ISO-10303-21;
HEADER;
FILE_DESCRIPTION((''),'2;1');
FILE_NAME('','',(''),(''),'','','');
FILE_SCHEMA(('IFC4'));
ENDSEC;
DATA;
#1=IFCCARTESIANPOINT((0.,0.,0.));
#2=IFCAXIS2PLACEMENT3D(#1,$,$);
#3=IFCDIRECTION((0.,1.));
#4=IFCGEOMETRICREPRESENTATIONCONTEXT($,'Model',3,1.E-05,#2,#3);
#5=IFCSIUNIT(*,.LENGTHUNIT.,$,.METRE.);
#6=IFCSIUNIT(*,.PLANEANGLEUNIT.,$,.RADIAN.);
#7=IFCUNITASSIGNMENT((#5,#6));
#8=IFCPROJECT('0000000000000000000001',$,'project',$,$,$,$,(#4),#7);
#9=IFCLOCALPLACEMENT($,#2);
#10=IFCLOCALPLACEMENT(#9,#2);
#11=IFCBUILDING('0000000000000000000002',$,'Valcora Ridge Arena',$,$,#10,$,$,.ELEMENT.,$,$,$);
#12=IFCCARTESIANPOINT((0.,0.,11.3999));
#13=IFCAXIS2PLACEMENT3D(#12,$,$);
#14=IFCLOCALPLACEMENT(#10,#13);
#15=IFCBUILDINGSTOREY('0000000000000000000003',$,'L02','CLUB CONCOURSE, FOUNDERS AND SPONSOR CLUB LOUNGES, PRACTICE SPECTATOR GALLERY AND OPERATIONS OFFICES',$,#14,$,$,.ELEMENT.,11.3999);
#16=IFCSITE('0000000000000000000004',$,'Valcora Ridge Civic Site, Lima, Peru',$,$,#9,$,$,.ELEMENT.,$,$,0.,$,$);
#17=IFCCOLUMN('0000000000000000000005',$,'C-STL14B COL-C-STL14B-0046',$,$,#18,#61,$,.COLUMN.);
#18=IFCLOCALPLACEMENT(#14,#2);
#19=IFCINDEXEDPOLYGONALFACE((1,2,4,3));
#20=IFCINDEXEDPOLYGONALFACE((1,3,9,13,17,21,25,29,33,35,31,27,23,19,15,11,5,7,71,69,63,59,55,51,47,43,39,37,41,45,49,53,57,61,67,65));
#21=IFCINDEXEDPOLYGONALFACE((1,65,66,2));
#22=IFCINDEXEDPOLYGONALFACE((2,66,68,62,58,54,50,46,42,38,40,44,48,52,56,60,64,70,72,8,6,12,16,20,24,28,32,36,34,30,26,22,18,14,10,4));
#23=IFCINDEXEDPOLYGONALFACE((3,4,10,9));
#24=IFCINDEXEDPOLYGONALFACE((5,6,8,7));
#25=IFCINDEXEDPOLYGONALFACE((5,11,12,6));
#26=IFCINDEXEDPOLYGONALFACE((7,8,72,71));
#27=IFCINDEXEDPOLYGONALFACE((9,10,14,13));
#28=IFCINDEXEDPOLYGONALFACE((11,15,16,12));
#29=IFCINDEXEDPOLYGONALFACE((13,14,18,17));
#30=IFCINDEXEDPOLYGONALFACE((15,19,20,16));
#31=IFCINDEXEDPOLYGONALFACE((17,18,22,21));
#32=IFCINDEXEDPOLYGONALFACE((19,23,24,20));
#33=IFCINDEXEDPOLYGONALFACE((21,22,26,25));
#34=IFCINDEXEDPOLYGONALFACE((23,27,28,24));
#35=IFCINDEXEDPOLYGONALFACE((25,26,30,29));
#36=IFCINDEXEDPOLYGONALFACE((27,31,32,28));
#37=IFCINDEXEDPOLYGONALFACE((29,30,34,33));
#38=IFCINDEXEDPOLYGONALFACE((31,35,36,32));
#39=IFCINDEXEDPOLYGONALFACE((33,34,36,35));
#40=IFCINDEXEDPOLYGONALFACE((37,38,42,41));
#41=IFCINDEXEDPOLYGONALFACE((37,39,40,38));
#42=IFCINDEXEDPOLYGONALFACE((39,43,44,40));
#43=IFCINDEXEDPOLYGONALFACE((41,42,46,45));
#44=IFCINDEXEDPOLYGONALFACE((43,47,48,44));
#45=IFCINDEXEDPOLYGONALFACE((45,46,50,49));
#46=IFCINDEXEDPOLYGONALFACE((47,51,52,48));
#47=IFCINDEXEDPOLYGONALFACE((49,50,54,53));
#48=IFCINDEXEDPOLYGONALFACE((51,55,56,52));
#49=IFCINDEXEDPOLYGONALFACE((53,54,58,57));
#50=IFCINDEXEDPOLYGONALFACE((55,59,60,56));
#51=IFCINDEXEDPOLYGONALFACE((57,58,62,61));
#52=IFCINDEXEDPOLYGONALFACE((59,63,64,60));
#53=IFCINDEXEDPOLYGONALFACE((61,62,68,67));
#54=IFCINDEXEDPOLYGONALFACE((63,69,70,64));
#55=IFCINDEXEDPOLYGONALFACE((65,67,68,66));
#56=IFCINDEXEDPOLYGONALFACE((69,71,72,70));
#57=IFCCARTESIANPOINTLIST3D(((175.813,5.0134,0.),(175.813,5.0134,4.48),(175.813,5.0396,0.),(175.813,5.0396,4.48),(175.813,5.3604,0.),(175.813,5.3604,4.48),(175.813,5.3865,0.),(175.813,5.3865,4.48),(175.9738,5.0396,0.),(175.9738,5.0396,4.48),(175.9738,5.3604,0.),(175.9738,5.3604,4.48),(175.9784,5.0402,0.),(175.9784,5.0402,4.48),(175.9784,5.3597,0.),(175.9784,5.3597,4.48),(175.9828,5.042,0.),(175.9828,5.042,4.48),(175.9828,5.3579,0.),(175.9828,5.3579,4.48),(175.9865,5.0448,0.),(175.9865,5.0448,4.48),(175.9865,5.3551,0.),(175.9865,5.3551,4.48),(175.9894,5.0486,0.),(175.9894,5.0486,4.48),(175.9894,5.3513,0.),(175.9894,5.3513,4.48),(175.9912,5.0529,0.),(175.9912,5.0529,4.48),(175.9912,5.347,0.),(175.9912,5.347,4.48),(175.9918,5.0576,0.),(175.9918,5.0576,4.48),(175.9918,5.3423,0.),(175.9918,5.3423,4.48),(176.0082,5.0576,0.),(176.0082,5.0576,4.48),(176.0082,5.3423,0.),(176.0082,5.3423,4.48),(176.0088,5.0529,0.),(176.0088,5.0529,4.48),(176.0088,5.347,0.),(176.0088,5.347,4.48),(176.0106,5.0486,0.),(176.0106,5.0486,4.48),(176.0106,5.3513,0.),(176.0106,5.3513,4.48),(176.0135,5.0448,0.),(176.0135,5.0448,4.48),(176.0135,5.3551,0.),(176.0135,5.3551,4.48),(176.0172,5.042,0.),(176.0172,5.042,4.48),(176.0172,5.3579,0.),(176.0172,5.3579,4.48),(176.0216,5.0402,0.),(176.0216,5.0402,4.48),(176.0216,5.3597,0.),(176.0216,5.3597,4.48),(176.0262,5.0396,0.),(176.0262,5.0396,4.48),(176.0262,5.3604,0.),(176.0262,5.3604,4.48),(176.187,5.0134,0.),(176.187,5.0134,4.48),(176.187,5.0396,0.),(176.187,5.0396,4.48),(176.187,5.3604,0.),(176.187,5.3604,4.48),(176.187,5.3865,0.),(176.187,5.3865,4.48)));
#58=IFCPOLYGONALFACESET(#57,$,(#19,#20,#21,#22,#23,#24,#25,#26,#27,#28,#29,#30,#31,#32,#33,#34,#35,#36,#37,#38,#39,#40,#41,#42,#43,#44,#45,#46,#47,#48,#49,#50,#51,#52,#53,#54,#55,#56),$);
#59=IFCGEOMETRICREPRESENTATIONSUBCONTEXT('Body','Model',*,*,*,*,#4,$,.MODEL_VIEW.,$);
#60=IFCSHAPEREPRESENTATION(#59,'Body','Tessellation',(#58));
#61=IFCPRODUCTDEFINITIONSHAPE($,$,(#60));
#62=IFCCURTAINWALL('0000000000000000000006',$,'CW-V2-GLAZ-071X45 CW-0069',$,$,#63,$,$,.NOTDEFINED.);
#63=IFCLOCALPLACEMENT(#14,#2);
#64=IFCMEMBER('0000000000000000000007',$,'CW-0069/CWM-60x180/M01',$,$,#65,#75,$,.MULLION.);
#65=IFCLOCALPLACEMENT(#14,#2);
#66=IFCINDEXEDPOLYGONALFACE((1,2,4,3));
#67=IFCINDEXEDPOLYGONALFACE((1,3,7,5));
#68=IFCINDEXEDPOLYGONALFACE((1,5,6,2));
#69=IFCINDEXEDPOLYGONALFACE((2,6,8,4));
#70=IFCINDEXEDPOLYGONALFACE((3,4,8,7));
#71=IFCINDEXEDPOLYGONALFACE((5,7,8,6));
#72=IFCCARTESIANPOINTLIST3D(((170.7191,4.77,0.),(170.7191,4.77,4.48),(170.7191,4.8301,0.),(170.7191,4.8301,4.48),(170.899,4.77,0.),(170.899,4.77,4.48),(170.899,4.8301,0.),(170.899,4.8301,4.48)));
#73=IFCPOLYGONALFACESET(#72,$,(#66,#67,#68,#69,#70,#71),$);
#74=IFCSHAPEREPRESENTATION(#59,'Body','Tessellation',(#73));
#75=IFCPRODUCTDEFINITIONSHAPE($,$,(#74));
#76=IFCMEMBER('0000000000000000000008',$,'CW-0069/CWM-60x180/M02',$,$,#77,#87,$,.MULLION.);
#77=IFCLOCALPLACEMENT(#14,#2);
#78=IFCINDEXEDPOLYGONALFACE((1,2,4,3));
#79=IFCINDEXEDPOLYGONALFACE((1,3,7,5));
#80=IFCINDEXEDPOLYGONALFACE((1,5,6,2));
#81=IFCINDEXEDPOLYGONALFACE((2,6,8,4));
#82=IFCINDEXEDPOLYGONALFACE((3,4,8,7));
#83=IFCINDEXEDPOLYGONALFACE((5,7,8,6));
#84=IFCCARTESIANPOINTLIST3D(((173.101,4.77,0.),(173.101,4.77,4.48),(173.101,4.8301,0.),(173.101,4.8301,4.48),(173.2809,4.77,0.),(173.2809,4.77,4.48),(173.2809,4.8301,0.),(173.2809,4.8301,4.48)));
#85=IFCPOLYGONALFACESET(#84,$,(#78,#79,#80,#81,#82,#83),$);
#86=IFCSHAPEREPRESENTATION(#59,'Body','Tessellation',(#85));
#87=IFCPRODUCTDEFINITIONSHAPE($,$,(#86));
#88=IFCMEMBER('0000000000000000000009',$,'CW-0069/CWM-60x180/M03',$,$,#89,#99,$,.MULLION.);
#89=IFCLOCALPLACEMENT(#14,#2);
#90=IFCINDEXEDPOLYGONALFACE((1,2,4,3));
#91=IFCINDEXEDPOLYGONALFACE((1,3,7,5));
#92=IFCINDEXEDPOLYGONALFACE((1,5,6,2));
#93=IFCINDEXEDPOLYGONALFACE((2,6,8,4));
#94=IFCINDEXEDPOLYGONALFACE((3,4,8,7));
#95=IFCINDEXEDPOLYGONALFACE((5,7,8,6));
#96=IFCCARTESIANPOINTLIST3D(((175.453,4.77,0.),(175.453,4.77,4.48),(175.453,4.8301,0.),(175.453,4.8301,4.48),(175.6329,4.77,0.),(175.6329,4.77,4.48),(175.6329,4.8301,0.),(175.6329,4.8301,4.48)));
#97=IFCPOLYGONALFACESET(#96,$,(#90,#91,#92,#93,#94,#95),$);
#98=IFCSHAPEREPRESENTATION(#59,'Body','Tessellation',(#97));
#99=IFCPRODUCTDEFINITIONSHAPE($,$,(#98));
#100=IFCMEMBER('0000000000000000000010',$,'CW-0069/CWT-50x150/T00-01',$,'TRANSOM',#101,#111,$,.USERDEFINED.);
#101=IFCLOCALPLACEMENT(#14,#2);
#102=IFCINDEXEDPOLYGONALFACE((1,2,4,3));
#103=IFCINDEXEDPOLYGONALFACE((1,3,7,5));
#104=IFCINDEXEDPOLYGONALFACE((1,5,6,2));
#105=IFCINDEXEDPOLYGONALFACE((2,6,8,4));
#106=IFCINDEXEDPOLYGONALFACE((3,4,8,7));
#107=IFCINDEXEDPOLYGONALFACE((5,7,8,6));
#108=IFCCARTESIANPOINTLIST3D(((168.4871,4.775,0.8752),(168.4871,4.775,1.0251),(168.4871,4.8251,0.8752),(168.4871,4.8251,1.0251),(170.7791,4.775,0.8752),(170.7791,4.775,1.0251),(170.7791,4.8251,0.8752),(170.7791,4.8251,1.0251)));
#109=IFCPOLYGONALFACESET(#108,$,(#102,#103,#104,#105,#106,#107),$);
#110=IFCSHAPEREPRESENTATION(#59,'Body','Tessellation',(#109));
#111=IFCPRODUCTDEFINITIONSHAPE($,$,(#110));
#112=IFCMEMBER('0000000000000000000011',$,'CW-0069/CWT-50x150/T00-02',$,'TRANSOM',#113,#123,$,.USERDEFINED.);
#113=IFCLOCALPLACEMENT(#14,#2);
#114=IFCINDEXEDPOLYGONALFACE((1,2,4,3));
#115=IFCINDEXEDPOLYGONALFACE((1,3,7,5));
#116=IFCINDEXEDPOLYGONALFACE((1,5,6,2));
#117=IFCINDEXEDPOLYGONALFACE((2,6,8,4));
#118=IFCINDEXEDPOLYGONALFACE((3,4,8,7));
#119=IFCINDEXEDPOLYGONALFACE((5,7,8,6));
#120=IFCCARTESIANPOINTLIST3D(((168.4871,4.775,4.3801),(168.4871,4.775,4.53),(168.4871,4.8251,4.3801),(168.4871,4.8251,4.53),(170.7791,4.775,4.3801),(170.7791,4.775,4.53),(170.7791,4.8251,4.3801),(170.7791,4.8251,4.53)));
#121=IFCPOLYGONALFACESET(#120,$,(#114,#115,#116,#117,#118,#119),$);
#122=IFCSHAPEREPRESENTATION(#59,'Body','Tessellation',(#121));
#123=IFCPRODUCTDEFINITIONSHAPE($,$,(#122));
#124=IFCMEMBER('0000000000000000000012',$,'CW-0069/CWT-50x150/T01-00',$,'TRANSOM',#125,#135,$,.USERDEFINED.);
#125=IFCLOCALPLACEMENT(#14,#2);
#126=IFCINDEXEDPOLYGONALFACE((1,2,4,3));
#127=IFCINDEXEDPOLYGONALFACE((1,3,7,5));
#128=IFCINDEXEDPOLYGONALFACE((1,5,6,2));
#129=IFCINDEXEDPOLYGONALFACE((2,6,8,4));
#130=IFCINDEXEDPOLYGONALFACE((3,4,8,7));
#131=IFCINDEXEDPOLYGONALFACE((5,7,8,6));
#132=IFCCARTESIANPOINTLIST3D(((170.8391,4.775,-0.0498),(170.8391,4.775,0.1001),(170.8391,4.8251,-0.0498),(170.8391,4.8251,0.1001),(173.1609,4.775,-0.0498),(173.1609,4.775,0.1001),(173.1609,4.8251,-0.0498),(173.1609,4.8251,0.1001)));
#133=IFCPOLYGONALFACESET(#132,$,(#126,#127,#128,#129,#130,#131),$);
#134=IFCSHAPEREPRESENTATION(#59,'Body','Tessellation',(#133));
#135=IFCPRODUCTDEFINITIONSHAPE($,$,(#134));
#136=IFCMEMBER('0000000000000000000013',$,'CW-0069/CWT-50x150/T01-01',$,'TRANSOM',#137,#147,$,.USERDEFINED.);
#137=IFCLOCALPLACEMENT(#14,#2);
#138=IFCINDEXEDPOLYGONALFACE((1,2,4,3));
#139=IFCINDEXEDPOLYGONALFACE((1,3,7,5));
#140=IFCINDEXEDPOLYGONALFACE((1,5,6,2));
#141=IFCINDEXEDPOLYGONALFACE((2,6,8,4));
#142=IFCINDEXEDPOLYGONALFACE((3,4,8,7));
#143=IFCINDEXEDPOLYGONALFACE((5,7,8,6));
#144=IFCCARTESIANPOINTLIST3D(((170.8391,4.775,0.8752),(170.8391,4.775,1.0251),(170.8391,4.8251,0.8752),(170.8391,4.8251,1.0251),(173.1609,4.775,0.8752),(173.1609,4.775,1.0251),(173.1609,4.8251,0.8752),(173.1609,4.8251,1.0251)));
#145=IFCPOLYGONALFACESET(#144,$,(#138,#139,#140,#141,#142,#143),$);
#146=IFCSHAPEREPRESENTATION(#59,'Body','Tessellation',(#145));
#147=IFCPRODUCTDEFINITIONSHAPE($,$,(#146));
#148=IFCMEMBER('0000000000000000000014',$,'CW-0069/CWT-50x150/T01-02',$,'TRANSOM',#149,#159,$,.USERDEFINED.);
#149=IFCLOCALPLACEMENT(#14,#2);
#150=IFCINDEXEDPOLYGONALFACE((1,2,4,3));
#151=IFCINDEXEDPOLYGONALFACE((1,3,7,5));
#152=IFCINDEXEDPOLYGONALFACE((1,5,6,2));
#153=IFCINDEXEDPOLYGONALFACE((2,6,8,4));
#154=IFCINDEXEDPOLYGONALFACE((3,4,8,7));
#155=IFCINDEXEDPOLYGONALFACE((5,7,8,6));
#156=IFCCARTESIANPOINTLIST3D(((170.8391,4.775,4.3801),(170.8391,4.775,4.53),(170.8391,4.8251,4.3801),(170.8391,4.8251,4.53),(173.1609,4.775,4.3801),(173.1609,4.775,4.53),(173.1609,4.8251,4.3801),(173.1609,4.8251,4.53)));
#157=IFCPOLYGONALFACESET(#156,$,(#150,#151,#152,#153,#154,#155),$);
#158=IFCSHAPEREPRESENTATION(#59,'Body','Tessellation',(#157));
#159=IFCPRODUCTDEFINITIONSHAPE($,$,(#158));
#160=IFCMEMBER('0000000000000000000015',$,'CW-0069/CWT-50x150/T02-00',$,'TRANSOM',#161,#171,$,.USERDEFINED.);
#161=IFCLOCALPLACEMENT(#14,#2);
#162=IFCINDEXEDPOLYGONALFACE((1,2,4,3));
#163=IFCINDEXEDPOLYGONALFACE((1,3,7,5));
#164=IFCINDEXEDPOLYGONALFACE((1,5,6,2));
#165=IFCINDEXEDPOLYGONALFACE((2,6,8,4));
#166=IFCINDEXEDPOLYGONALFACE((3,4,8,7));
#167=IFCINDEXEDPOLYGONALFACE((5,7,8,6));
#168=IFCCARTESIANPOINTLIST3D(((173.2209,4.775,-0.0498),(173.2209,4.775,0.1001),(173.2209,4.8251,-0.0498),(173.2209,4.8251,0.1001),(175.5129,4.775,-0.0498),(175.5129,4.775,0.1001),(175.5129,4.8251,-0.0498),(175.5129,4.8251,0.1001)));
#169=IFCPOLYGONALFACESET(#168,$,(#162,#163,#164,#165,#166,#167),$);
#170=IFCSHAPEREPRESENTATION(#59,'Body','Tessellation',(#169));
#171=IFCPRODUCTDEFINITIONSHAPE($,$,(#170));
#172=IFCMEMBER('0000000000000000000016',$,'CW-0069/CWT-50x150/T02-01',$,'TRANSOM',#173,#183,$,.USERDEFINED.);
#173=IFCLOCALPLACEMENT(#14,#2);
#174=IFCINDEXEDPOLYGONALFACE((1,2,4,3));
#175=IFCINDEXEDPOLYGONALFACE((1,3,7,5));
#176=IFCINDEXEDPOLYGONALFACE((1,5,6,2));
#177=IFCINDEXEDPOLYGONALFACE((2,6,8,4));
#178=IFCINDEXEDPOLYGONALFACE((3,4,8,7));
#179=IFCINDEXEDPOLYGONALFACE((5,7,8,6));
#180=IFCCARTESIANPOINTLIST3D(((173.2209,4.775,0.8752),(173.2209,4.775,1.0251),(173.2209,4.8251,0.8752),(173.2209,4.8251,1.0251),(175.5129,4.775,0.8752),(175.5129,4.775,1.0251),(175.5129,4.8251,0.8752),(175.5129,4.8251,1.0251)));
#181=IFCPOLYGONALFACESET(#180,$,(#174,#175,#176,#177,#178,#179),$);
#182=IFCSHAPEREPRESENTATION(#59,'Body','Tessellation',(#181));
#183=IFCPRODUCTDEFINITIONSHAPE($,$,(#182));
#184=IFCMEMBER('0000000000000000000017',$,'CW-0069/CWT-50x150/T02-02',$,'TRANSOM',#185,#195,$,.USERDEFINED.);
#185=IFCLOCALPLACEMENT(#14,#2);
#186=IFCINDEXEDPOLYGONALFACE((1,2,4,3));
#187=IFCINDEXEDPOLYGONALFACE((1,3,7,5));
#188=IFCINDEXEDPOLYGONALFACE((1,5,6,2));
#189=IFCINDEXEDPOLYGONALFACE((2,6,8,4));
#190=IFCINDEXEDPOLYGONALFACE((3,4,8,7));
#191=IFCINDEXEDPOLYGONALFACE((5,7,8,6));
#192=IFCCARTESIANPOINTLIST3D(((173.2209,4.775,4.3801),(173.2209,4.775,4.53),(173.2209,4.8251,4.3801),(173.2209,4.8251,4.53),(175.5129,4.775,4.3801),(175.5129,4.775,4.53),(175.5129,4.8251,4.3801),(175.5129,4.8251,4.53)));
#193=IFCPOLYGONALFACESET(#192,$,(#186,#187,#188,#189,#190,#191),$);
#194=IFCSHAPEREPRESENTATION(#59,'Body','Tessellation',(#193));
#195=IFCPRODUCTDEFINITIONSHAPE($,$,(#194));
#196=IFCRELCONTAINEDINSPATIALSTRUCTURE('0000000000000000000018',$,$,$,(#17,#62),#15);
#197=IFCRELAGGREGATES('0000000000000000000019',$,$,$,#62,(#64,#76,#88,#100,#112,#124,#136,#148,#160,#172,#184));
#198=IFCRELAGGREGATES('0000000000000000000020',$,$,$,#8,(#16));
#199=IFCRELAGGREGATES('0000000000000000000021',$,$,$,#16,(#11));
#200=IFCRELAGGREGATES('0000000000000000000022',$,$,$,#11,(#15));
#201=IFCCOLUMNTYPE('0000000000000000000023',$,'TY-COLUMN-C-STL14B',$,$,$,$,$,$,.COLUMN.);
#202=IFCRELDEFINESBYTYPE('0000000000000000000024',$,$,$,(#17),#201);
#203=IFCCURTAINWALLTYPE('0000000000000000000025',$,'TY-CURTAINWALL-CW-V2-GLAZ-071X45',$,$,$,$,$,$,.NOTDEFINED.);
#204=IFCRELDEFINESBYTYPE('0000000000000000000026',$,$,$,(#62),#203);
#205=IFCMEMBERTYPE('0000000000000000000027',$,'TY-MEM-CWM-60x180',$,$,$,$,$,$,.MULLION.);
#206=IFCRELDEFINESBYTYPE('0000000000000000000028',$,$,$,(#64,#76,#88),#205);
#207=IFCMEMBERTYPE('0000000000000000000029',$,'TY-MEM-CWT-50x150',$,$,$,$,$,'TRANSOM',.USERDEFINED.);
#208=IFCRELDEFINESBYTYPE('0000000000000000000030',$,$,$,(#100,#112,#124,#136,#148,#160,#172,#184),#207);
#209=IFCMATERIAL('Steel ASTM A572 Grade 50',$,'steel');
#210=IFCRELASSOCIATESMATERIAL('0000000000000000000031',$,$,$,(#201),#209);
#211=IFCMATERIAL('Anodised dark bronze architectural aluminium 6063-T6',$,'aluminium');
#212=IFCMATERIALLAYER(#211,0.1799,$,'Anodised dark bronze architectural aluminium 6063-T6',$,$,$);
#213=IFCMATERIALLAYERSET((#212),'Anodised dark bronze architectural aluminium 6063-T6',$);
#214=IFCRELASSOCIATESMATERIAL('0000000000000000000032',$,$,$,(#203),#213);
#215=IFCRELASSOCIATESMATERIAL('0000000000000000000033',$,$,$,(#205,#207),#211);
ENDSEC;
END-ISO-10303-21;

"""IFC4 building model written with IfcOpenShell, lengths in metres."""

from ifc_helpers import new_model, si_unit, direction, frame, origin, origin_2d, place, context, subcontext, project, spatial, rectangle, i_section, extrude, material, layer, layer_set, material_profile, profile_set, type_object, element, aggregate, save


model = new_model("IFC4")

# Units and contexts
model_context = context("Model", 3, precision=1e-05, world=origin(), true_north=direction((0.0, 1.0)))
body_context = subcontext(model_context, "Body", "Model", "MODEL_VIEW")
ifc_project = project(units=[si_unit("LENGTHUNIT", "METRE"), si_unit("PLANEANGLEUNIT", "RADIAN")], contexts=[model_context])

# Site, building, storey
site_placement = place(None, origin())
site = spatial("IfcSite", under=ifc_project, at=site_placement, Name="Valcora Ridge Civic Site, Lima, Peru", CompositionType="ELEMENT", RefElevation=0.0)
building_placement = place(site_placement, origin())
building = spatial("IfcBuilding", under=site, at=building_placement, Name="Valcora Ridge Arena", CompositionType="ELEMENT")
storey_placement = place(building_placement, frame((0.0, 0.0, 11.3999)))
storey = spatial("IfcBuildingStorey", under=building, at=storey_placement, Name="L02", Description="CLUB CONCOURSE, FOUNDERS AND SPONSOR CLUB LOUNGES, PRACTICE SPECTATOR GALLERY AND OPERATIONS OFFICES", CompositionType="ELEMENT", Elevation=11.3999)

# Column
ifc_material_1 = material(Name="Steel ASTM A572 Grade 50", Category="steel")
ifc_material_profile_1 = material_profile(ifc_material_1, i_section(OverallWidth=0.374, OverallDepth=0.373, WebThickness=0.0164, FlangeThickness=0.0261, FilletRadius=0.0181, at=origin_2d()), Name="W14X132")
ifc_profile_set_1 = profile_set([ifc_material_profile_1], Name="Steel ASTM A572 Grade 50")
column_type = type_object("IfcColumnType", Name="TY-COLUMN-C-STL14B", PredefinedType="COLUMN", material=ifc_profile_set_1)
column_placement = place(storey_placement, frame((176.0, 5.2, 0.0), z_axis=(0.0, 0.0, 1.0), x_axis=(1.0, 0.0, 0.0)))
element("IfcColumn", 1, at=column_placement, inside=storey, type_object=column_type, Name="C-STL14B COL-C-STL14B-0046", PredefinedType="COLUMN", context=body_context, shape_type="SweptSolid", body=[
    extrude(i_section(OverallWidth=0.374, OverallDepth=0.373, WebThickness=0.0164, FlangeThickness=0.0261, FilletRadius=0.0181, at=origin_2d()), origin(), (0.0, 0.0, 1.0), 4.48),
])

# Curtain wall, members
ifc_material_2 = material(Name="Anodised dark bronze architectural aluminium 6063-T6", Category="aluminium")
ifc_layer_1 = layer(ifc_material_2, 0.1799, Name="Anodised dark bronze architectural aluminium 6063-T6")
ifc_layer_set_1 = layer_set([ifc_layer_1], Name="Anodised dark bronze architectural aluminium 6063-T6")
curtain_wall_type = type_object("IfcCurtainWallType", Name="TY-CURTAINWALL-CW-V2-GLAZ-071X45", PredefinedType="NOTDEFINED", material=ifc_layer_set_1)
curtain_wall_placement = place(storey_placement, origin())
curtain_wall = element("IfcCurtainWall", 2, at=curtain_wall_placement, inside=storey, type_object=curtain_wall_type, Name="CW-V2-GLAZ-071X45 CW-0069", PredefinedType="NOTDEFINED")
ifc_material_profile_2 = material_profile(ifc_material_2, rectangle(XDim=0.0601, YDim=0.1799, at=origin_2d()), Name="ALU MULLION 60x180")
ifc_profile_set_2 = profile_set([ifc_material_profile_2], Name="Anodised dark bronze architectural aluminium 6063-T6")
member_type_1 = type_object("IfcMemberType", Name="TY-MEM-CWM-60x180", PredefinedType="MULLION", material=ifc_profile_set_2)
member_1_placement = place(storey_placement, frame((170.8091, 4.8, 0.0), z_axis=(0.0, 0.0, 1.0), x_axis=(0.0, 1.0, 0.0)))
member_1 = element("IfcMember", 3, at=member_1_placement, type_object=member_type_1, Name="CW-0069/CWM-60x180/M01", PredefinedType="MULLION", context=body_context, shape_type="SweptSolid", body=[
    extrude(rectangle(XDim=0.0601, YDim=0.1799, at=origin_2d()), origin(), (0.0, 0.0, 1.0), 4.48),
])
member_2_placement = place(storey_placement, frame((173.1909, 4.8, 0.0), z_axis=(0.0, 0.0, 1.0), x_axis=(0.0, 1.0, 0.0)))
member_2 = element("IfcMember", 4, at=member_2_placement, type_object=member_type_1, Name="CW-0069/CWM-60x180/M02", PredefinedType="MULLION", context=body_context, shape_type="SweptSolid", body=[
    extrude(rectangle(XDim=0.0601, YDim=0.1799, at=origin_2d()), origin(), (0.0, 0.0, 1.0), 4.48),
])
member_3_placement = place(storey_placement, frame((175.543, 4.8, 0.0), z_axis=(0.0, 0.0, 1.0), x_axis=(0.0, 1.0, 0.0)))
member_3 = element("IfcMember", 5, at=member_3_placement, type_object=member_type_1, Name="CW-0069/CWM-60x180/M03", PredefinedType="MULLION", context=body_context, shape_type="SweptSolid", body=[
    extrude(rectangle(XDim=0.0601, YDim=0.1799, at=origin_2d()), origin(), (0.0, 0.0, 1.0), 4.48),
])
ifc_material_profile_3 = material_profile(ifc_material_2, rectangle(XDim=0.05, YDim=0.1499, at=origin_2d()), Name="ALU TRANSOM 50x150")
ifc_profile_set_3 = profile_set([ifc_material_profile_3], Name="Anodised dark bronze architectural aluminium 6063-T6")
member_type_2 = type_object("IfcMemberType", Name="TY-MEM-CWT-50x150", ElementType="TRANSOM", PredefinedType="USERDEFINED", material=ifc_profile_set_3)
member_4_placement = place(storey_placement, frame((168.4871, 4.8, 0.9502), z_axis=(1.0, 0.0, 0.0), x_axis=(0.0, 1.0, 0.0)))
member_4 = element("IfcMember", 6, at=member_4_placement, type_object=member_type_2, Name="CW-0069/CWT-50x150/T00-01", ObjectType="TRANSOM", PredefinedType="USERDEFINED", context=body_context, shape_type="SweptSolid", body=[
    extrude(rectangle(XDim=0.05, YDim=0.1499, at=origin_2d()), origin(), (0.0, 0.0, 1.0), 2.292),
])
member_5_placement = place(storey_placement, frame((168.4871, 4.8, 4.4551), z_axis=(1.0, 0.0, 0.0), x_axis=(0.0, 1.0, 0.0)))
member_5 = element("IfcMember", 7, at=member_5_placement, type_object=member_type_2, Name="CW-0069/CWT-50x150/T00-02", ObjectType="TRANSOM", PredefinedType="USERDEFINED", context=body_context, shape_type="SweptSolid", body=[
    extrude(rectangle(XDim=0.05, YDim=0.1499, at=origin_2d()), origin(), (0.0, 0.0, 1.0), 2.292),
])
member_6_placement = place(storey_placement, frame((170.8391, 4.8, 0.0251), z_axis=(1.0, 0.0, 0.0), x_axis=(0.0, 1.0, 0.0)))
member_6 = element("IfcMember", 8, at=member_6_placement, type_object=member_type_2, Name="CW-0069/CWT-50x150/T01-00", ObjectType="TRANSOM", PredefinedType="USERDEFINED", context=body_context, shape_type="SweptSolid", body=[
    extrude(rectangle(XDim=0.05, YDim=0.1499, at=origin_2d()), origin(), (0.0, 0.0, 1.0), 2.3218),
])
member_7_placement = place(storey_placement, frame((170.8391, 4.8, 0.9502), z_axis=(1.0, 0.0, 0.0), x_axis=(0.0, 1.0, 0.0)))
member_7 = element("IfcMember", 9, at=member_7_placement, type_object=member_type_2, Name="CW-0069/CWT-50x150/T01-01", ObjectType="TRANSOM", PredefinedType="USERDEFINED", context=body_context, shape_type="SweptSolid", body=[
    extrude(rectangle(XDim=0.05, YDim=0.1499, at=origin_2d()), origin(), (0.0, 0.0, 1.0), 2.3218),
])
member_8_placement = place(storey_placement, frame((170.8391, 4.8, 4.4551), z_axis=(1.0, 0.0, 0.0), x_axis=(0.0, 1.0, 0.0)))
member_8 = element("IfcMember", 10, at=member_8_placement, type_object=member_type_2, Name="CW-0069/CWT-50x150/T01-02", ObjectType="TRANSOM", PredefinedType="USERDEFINED", context=body_context, shape_type="SweptSolid", body=[
    extrude(rectangle(XDim=0.05, YDim=0.1499, at=origin_2d()), origin(), (0.0, 0.0, 1.0), 2.3218),
])
member_9_placement = place(storey_placement, frame((173.2209, 4.8, 0.0251), z_axis=(1.0, 0.0, 0.0), x_axis=(0.0, 1.0, 0.0)))
member_9 = element("IfcMember", 11, at=member_9_placement, type_object=member_type_2, Name="CW-0069/CWT-50x150/T02-00", ObjectType="TRANSOM", PredefinedType="USERDEFINED", context=body_context, shape_type="SweptSolid", body=[
    extrude(rectangle(XDim=0.05, YDim=0.1499, at=origin_2d()), origin(), (0.0, 0.0, 1.0), 2.292),
])
member_10_placement = place(storey_placement, frame((173.2209, 4.8, 0.9502), z_axis=(1.0, 0.0, 0.0), x_axis=(0.0, 1.0, 0.0)))
member_10 = element("IfcMember", 12, at=member_10_placement, type_object=member_type_2, Name="CW-0069/CWT-50x150/T02-01", ObjectType="TRANSOM", PredefinedType="USERDEFINED", context=body_context, shape_type="SweptSolid", body=[
    extrude(rectangle(XDim=0.05, YDim=0.1499, at=origin_2d()), origin(), (0.0, 0.0, 1.0), 2.292),
])
member_11_placement = place(storey_placement, frame((173.2209, 4.8, 4.4551), z_axis=(1.0, 0.0, 0.0), x_axis=(0.0, 1.0, 0.0)))
member_11 = element("IfcMember", 13, at=member_11_placement, type_object=member_type_2, Name="CW-0069/CWT-50x150/T02-02", ObjectType="TRANSOM", PredefinedType="USERDEFINED", context=body_context, shape_type="SweptSolid", body=[
    extrude(rectangle(XDim=0.05, YDim=0.1499, at=origin_2d()), origin(), (0.0, 0.0, 1.0), 2.292),
])
aggregate(curtain_wall, [member_1, member_2, member_3, member_4, member_5, member_6, member_7, member_8, member_9, member_10, member_11])

save(model, "model.ifc")
